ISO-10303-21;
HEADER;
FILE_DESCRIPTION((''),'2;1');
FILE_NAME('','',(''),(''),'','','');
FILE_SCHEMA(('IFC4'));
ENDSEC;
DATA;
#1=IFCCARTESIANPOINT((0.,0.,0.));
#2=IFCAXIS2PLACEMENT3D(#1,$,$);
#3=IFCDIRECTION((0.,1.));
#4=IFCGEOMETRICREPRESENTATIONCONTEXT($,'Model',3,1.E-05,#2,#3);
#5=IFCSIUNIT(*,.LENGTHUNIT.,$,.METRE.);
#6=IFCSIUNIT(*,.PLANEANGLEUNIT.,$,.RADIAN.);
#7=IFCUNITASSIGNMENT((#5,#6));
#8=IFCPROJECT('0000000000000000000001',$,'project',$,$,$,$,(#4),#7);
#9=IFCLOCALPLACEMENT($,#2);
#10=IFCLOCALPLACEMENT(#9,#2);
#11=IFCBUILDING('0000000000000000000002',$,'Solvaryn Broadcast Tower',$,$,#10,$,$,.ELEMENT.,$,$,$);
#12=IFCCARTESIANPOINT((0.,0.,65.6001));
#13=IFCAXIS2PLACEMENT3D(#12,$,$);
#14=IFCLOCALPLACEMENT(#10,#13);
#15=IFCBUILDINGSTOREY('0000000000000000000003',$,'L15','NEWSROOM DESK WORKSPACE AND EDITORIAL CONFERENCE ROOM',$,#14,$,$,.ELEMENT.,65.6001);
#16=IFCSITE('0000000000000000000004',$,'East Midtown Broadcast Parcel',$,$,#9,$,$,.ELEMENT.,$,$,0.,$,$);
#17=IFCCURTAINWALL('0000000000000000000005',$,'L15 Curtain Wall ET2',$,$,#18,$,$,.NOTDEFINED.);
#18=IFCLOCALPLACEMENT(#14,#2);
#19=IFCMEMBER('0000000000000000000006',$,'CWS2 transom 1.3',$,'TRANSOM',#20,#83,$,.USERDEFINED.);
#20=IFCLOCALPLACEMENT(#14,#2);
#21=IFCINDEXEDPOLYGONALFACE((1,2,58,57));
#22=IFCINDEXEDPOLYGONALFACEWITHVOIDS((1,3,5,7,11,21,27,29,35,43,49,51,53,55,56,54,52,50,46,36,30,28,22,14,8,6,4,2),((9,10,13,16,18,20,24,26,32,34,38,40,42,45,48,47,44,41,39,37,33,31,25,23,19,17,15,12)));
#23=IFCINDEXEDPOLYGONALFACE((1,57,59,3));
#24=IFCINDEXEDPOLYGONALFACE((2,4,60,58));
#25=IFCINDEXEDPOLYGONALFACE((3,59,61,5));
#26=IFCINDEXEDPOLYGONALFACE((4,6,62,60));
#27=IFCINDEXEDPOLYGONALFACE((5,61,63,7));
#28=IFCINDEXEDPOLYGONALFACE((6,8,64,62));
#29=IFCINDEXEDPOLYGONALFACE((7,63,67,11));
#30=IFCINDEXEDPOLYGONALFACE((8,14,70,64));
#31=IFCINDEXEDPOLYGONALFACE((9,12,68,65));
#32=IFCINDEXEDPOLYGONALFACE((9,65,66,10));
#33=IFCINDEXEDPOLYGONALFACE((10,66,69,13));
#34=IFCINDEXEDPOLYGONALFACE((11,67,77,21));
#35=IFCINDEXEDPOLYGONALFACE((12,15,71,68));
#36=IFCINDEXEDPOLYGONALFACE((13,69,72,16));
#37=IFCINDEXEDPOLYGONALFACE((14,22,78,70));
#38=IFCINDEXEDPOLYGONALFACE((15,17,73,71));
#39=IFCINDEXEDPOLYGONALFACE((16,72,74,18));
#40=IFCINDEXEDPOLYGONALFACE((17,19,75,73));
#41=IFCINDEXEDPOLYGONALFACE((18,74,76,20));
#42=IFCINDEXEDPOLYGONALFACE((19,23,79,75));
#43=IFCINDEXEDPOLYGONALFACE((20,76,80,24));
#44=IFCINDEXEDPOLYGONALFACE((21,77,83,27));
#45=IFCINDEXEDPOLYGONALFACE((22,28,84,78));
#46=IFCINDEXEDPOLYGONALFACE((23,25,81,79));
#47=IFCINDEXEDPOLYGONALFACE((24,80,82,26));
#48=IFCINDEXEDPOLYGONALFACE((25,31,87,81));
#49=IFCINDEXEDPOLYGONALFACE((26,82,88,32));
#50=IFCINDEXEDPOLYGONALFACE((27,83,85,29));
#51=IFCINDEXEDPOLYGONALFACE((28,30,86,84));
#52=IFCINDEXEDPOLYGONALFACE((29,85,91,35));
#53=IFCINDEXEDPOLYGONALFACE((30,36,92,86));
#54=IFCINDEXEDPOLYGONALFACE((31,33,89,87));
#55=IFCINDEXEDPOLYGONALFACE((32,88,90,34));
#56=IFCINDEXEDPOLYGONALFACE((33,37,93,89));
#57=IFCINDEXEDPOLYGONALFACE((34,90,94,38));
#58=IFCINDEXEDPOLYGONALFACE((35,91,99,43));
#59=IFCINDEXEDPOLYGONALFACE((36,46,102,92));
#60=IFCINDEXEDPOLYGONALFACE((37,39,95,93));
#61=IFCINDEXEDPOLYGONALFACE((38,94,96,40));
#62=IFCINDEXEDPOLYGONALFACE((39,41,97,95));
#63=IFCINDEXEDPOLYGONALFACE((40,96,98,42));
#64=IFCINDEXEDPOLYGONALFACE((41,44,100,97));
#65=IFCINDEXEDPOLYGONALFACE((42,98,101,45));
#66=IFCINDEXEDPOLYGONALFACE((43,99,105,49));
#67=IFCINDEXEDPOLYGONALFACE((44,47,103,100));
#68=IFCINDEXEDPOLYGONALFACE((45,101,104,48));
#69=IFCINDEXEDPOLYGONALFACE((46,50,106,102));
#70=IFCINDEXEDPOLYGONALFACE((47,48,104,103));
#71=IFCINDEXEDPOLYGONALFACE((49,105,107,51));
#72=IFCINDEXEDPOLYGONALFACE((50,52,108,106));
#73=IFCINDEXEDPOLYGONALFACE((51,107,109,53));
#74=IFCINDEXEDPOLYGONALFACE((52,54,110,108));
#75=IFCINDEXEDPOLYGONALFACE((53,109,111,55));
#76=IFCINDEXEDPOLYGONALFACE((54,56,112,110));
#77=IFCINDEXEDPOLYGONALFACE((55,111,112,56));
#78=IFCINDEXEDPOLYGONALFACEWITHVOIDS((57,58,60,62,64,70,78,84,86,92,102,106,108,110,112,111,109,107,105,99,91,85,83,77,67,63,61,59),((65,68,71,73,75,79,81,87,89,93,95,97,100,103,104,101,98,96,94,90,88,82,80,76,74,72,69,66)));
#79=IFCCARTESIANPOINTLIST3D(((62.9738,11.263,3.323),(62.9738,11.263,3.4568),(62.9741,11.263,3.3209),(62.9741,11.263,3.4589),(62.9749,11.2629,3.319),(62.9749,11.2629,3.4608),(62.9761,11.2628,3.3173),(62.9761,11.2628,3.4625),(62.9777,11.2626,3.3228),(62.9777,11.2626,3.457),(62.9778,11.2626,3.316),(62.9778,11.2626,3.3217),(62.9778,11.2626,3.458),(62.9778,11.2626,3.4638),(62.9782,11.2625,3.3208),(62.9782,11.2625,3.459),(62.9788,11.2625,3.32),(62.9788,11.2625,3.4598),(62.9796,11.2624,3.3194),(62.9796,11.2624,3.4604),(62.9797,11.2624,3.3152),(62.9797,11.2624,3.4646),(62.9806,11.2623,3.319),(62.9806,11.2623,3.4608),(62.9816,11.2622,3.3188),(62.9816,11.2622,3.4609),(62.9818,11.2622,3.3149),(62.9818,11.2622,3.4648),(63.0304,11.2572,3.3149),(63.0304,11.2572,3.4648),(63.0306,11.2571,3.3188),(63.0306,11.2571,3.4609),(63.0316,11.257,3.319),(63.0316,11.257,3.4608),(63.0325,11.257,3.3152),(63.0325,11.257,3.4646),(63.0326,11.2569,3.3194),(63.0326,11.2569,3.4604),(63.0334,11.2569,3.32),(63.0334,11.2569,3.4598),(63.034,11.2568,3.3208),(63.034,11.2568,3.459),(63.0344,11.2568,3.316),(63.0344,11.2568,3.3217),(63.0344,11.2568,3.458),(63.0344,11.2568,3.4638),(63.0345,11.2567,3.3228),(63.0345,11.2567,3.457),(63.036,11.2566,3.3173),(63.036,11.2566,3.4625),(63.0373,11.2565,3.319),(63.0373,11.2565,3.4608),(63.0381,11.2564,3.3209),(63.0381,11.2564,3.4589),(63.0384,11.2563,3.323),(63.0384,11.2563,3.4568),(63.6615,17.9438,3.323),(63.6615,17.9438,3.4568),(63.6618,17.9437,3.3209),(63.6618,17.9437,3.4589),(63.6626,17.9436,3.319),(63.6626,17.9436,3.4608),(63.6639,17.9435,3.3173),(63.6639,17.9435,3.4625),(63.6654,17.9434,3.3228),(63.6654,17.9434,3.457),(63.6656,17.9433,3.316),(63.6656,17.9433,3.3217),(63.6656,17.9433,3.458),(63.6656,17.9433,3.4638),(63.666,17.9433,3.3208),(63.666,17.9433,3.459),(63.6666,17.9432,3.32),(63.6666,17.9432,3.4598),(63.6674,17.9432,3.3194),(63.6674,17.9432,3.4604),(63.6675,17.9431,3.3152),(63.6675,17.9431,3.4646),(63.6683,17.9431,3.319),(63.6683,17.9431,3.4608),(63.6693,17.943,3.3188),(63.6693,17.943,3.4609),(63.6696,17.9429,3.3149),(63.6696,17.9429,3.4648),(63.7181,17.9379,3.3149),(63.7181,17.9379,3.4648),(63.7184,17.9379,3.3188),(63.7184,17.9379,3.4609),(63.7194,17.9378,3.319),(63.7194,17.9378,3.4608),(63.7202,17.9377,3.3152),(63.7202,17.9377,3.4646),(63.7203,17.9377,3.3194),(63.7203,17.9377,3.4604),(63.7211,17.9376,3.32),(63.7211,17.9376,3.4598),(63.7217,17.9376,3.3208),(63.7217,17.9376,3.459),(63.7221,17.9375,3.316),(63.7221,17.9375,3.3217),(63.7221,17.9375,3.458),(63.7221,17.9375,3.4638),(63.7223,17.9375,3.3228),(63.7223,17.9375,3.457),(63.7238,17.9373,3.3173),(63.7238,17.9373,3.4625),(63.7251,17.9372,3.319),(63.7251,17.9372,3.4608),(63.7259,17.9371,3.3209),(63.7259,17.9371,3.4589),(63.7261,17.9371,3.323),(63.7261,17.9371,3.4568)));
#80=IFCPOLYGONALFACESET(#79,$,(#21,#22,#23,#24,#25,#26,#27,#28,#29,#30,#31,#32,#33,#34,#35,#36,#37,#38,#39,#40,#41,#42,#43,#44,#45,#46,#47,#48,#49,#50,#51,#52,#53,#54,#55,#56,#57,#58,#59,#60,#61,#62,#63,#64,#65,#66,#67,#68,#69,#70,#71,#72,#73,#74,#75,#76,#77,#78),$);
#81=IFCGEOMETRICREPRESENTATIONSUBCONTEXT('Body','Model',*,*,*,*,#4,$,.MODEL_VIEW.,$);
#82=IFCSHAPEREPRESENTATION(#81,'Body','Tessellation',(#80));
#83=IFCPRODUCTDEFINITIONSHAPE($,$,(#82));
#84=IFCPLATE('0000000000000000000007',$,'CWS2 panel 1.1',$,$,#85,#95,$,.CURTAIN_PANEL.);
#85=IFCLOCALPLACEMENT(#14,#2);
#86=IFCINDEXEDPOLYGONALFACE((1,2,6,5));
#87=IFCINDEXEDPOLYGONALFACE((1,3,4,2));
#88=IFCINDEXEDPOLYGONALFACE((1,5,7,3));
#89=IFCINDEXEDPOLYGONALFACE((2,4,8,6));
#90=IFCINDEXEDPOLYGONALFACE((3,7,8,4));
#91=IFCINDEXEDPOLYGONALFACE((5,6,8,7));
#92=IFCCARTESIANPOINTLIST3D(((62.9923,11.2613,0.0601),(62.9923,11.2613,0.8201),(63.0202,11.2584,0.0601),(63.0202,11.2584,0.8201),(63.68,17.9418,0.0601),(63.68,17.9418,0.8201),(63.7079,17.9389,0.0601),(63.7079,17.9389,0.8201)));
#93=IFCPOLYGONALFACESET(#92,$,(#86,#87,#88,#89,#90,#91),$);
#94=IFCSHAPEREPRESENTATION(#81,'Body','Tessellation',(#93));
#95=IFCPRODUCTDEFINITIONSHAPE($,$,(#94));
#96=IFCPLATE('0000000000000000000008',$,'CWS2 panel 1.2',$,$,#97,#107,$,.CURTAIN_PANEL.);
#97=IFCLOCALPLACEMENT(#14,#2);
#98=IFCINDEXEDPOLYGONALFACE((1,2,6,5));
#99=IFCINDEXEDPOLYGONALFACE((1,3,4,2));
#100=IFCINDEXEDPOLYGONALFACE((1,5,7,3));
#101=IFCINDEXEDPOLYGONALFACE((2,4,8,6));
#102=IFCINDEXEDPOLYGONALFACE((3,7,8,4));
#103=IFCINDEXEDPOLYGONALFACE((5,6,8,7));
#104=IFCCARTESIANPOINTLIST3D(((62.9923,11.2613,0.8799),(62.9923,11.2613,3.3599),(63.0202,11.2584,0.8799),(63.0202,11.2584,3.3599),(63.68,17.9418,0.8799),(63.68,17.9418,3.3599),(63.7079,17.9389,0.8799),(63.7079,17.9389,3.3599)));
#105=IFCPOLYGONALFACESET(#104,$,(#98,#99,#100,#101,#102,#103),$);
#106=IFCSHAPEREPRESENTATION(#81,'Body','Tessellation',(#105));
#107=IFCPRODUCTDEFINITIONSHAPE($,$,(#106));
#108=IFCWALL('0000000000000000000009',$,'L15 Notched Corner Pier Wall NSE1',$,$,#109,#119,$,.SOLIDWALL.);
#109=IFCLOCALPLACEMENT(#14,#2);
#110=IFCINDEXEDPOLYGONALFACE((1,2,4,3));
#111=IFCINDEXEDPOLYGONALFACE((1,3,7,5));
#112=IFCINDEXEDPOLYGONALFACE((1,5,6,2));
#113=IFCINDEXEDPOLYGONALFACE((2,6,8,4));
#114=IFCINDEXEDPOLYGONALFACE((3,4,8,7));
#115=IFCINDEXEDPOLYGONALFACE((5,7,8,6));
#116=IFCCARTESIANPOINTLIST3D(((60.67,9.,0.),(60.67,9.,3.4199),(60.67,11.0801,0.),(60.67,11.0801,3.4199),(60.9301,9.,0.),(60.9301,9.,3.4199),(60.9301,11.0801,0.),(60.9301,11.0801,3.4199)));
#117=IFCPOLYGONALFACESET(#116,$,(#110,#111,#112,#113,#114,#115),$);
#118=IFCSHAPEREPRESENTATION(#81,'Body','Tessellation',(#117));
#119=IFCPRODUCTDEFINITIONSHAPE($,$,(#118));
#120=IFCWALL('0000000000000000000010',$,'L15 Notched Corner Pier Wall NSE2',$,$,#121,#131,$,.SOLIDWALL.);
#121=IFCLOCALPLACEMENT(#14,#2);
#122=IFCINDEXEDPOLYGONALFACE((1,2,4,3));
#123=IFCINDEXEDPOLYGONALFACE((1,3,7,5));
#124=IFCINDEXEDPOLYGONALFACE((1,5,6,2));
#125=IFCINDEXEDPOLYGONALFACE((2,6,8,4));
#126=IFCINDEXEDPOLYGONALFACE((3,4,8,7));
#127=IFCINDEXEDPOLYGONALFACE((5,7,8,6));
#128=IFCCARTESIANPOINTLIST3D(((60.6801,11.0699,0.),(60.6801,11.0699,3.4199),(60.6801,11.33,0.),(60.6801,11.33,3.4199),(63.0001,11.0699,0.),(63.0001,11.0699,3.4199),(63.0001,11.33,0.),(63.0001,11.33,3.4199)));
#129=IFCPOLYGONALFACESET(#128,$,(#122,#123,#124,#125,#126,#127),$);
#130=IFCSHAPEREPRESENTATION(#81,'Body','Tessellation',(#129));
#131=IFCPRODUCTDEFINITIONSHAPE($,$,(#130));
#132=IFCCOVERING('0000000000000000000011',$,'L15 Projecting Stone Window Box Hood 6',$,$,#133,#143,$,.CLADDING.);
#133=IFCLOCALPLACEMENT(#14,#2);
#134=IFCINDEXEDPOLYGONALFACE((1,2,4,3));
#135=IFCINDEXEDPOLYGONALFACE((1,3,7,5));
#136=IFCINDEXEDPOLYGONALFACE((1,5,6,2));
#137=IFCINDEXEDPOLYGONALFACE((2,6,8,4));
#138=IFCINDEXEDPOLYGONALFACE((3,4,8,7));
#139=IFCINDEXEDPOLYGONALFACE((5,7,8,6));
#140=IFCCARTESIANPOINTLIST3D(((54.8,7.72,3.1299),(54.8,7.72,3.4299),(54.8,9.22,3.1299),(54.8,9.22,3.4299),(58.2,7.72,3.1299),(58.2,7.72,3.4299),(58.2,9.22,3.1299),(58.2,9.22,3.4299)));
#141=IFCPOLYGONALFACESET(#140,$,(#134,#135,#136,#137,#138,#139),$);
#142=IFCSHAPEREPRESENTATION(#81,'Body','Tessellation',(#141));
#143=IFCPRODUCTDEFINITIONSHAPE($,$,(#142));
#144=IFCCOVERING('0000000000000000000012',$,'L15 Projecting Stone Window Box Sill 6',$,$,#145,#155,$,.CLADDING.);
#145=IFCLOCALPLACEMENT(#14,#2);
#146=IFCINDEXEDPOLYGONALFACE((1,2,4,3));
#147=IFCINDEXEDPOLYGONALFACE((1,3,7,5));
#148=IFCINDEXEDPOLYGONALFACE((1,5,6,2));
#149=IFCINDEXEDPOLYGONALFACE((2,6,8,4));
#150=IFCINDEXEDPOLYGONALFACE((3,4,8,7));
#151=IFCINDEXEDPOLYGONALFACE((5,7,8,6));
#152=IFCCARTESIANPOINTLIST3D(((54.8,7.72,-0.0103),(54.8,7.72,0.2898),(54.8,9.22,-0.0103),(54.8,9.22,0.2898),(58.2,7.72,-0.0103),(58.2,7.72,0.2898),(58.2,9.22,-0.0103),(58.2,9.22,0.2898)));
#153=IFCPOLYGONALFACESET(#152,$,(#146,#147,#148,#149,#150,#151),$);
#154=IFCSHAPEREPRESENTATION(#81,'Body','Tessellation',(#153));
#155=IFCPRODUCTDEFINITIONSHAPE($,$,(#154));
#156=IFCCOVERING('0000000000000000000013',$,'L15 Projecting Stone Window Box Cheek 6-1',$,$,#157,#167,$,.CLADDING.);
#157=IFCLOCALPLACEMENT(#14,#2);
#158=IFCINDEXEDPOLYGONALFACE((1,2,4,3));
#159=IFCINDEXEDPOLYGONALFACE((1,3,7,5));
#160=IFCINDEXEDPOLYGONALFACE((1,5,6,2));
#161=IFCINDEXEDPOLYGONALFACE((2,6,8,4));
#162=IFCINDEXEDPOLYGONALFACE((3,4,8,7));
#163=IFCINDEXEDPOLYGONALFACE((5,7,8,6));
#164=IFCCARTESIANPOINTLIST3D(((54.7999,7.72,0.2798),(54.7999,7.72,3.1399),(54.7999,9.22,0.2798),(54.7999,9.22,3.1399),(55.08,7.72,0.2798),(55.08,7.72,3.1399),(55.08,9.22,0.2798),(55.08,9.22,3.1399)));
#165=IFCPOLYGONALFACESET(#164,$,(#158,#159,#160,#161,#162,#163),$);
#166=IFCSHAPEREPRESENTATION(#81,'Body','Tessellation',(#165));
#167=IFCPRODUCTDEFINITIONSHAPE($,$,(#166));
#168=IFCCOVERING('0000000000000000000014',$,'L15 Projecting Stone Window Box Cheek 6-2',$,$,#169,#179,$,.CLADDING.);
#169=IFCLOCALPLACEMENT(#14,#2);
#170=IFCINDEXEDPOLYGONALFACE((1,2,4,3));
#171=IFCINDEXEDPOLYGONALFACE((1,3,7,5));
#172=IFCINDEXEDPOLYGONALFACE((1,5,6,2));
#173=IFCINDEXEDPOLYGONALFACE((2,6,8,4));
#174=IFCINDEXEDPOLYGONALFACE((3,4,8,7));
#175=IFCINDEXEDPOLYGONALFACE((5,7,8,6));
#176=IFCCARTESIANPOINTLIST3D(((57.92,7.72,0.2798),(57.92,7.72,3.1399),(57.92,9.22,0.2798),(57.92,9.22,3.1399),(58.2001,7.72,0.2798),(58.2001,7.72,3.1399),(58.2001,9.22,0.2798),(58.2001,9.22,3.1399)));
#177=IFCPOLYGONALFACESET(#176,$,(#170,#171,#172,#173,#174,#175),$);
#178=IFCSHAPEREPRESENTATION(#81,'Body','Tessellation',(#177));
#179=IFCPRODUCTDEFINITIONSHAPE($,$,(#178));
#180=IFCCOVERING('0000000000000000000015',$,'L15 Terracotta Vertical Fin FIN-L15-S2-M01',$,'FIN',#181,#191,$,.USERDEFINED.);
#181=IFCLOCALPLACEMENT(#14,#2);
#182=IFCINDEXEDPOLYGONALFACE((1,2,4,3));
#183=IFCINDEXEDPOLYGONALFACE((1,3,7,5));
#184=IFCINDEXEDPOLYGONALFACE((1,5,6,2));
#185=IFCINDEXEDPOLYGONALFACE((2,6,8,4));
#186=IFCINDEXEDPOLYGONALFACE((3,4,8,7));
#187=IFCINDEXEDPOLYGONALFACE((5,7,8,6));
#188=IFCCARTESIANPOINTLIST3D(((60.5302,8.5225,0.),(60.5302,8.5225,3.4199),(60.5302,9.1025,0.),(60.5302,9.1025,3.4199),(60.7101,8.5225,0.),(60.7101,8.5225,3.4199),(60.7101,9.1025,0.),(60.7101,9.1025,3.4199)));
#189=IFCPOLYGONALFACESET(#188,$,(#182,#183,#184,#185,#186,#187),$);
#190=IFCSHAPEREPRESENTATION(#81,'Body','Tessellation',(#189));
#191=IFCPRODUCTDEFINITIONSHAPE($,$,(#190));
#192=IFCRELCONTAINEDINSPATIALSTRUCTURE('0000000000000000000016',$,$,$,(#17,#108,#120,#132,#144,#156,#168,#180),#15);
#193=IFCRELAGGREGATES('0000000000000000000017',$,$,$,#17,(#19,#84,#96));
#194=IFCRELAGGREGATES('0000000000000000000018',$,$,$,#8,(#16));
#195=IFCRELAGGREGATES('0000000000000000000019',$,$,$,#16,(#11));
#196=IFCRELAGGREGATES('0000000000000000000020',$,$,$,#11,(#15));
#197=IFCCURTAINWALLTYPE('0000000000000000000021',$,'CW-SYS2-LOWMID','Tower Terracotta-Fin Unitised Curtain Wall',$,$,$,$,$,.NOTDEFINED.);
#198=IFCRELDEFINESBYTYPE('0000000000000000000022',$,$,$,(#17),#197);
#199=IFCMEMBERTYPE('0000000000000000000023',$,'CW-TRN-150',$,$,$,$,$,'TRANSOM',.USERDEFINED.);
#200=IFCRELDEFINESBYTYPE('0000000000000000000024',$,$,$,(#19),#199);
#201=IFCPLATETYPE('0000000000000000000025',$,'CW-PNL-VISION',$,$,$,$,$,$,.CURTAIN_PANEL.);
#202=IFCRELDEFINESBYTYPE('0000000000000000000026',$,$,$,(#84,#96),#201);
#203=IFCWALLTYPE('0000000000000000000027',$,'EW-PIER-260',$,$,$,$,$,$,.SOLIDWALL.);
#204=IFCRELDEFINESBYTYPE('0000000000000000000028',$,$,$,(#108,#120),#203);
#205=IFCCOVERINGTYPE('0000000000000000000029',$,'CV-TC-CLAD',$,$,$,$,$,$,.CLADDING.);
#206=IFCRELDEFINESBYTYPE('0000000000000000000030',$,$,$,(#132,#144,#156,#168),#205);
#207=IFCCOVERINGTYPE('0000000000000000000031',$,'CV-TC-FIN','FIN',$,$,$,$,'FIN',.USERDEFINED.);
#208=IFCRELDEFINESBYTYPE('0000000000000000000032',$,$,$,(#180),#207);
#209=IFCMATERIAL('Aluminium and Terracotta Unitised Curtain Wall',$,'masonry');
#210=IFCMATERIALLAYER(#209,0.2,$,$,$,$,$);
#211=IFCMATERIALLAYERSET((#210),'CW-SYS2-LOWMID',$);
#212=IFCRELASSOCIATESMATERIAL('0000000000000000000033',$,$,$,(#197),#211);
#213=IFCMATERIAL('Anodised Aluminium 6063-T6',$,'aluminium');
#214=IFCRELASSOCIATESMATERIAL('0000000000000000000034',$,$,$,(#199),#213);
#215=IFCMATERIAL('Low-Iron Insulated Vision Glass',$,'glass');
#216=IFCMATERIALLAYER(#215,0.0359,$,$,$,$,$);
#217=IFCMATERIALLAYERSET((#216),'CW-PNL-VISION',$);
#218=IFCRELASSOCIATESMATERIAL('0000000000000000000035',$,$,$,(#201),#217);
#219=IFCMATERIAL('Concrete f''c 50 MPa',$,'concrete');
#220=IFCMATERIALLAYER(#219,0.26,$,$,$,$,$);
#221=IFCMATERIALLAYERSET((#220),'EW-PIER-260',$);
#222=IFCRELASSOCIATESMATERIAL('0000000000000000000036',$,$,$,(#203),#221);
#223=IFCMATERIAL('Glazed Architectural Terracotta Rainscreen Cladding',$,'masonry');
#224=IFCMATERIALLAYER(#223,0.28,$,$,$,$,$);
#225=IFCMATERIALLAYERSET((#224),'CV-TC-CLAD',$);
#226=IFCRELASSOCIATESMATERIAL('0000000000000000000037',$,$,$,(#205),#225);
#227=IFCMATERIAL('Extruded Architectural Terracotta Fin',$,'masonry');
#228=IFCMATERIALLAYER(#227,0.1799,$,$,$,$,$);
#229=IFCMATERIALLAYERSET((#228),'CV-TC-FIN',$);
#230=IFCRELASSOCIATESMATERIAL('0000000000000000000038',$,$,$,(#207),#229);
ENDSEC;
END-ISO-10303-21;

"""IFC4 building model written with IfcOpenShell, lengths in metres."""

from ifc_helpers import new_model, si_unit, direction, frame, frame_2d, origin, origin_2d, place, context, subcontext, project, spatial, rectangle, hollow_rectangle, extrude, material, layer, layer_set, material_profile, profile_set, type_object, element, aggregate, save


model = new_model("IFC4")

# Units and contexts
model_context = context("Model", 3, precision=1e-05, world=origin(), true_north=direction((0.0, 1.0)))
body_context = subcontext(model_context, "Body", "Model", "MODEL_VIEW")
ifc_project = project(units=[si_unit("LENGTHUNIT", "METRE"), si_unit("PLANEANGLEUNIT", "RADIAN")], contexts=[model_context])

# Site, building, storey
site_placement = place(None, origin())
site = spatial("IfcSite", under=ifc_project, at=site_placement, Name="East Midtown Broadcast Parcel", CompositionType="ELEMENT", RefElevation=0.0)
building_placement = place(site_placement, origin())
building = spatial("IfcBuilding", under=site, at=building_placement, Name="Solvaryn Broadcast Tower", CompositionType="ELEMENT")
storey_placement = place(building_placement, frame((0.0, 0.0, 65.6001)))
storey = spatial("IfcBuildingStorey", under=building, at=storey_placement, Name="L15", Description="NEWSROOM DESK WORKSPACE AND EDITORIAL CONFERENCE ROOM", CompositionType="ELEMENT", Elevation=65.6001)

# Shared definitions
ifc_material_1 = material(Name="Aluminium and Terracotta Unitised Curtain Wall", Category="masonry")
ifc_layer_1 = layer(ifc_material_1, 0.2)
ifc_layer_set_1 = layer_set([ifc_layer_1], Name="CW-SYS2-LOWMID")
curtain_wall_type = type_object("IfcCurtainWallType", Name="CW-SYS2-LOWMID", Description="Tower Terracotta-Fin Unitised Curtain Wall", PredefinedType="NOTDEFINED", material=ifc_layer_set_1)

# Curtain wall, member, plates
curtain_wall_1_placement = place(storey_placement, origin())
curtain_wall_1 = element("IfcCurtainWall", 1, at=curtain_wall_1_placement, inside=storey, type_object=curtain_wall_type, Name="L15 Curtain Wall ET2", PredefinedType="NOTDEFINED")
ifc_material_2 = material(Name="Anodised Aluminium 6063-T6", Category="aluminium")
ifc_material_profile_1 = material_profile(ifc_material_2, hollow_rectangle(XDim=0.0649, YDim=0.1499, WallThickness=0.0039, InnerFilletRadius=0.0039, OuterFilletRadius=0.0081, at=origin_2d()))
ifc_profile_set_1 = profile_set([ifc_material_profile_1], Name="Anodised Aluminium 6063-T6")
member_type_1 = type_object("IfcMemberType", Name="CW-TRN-150", ElementType="TRANSOM", PredefinedType="USERDEFINED", material=ifc_profile_set_1)
member_1_placement = place(storey_placement, frame((63.6938, 17.9404, 3.3899), z_axis=(-0.102404, -0.994743, 0.0), x_axis=(0.994743, -0.102404, 0.0)))
member_1 = element("IfcMember", 2, at=member_1_placement, type_object=member_type_1, Name="CWS2 transom 1.3", ObjectType="TRANSOM", PredefinedType="USERDEFINED", context=body_context, shape_type="SweptSolid", body=[
    extrude(hollow_rectangle(XDim=0.0649, YDim=0.1499, WallThickness=0.0039, InnerFilletRadius=0.0039, OuterFilletRadius=0.0081, at=origin_2d()), origin(), (0.0, 0.0, 1.0), 6.7161),
])
ifc_material_3 = material(Name="Low-Iron Insulated Vision Glass", Category="glass")
ifc_layer_2 = layer(ifc_material_3, 0.0359)
ifc_layer_set_2 = layer_set([ifc_layer_2], Name="CW-PNL-VISION")
plate_type = type_object("IfcPlateType", Name="CW-PNL-VISION", PredefinedType="CURTAIN_PANEL", material=ifc_layer_set_2)
plate_1_placement = place(storey_placement, frame((63.3501, 14.6001, 0.0601), z_axis=(0.0, 0.0, 1.0), x_axis=(-0.1024, -0.994743, 0.0)))
plate_1 = element("IfcPlate", 3, at=plate_1_placement, type_object=plate_type, Name="CWS2 panel 1.1", PredefinedType="CURTAIN_PANEL", context=body_context, shape_type="SweptSolid", body=[
    extrude(rectangle(XDim=6.7158, YDim=0.0281, at=origin_2d()), origin(), (0.0, 0.0, 1.0), 0.76),
])
plate_2_placement = place(storey_placement, frame((63.3501, 14.6001, 0.8799), z_axis=(0.0, 0.0, 1.0), x_axis=(-0.1024, -0.994743, 0.0)))
plate_2 = element("IfcPlate", 4, at=plate_2_placement, type_object=plate_type, Name="CWS2 panel 1.2", PredefinedType="CURTAIN_PANEL", context=body_context, shape_type="SweptSolid", body=[
    extrude(rectangle(XDim=6.7158, YDim=0.0281, at=origin_2d()), origin(), (0.0, 0.0, 1.0), 2.48),
])
aggregate(curtain_wall_1, [member_1, plate_1, plate_2])

# Walls
ifc_material_4 = material(Name="Concrete f'c 50 MPa", Category="concrete")
ifc_layer_3 = layer(ifc_material_4, 0.26)
ifc_layer_set_3 = layer_set([ifc_layer_3], Name="EW-PIER-260")
wall_type = type_object("IfcWallType", Name="EW-PIER-260", PredefinedType="SOLIDWALL", material=ifc_layer_set_3)
wall_1_placement = place(storey_placement, frame((60.8, 9.0, 0.0), z_axis=(0.0, 0.0, 1.0), x_axis=(0.0, 1.0, 0.0)))
element("IfcWall", 5, at=wall_1_placement, inside=storey, type_object=wall_type, Name="L15 Notched Corner Pier Wall NSE1", PredefinedType="SOLIDWALL", context=body_context, shape_type="SweptSolid", body=[
    extrude(rectangle(XDim=2.0801, YDim=0.26, at=frame_2d((1.04, 0.0))), origin(), (0.0, 0.0, 1.0), 3.4199),
])
wall_2_placement = place(storey_placement, frame((60.6799, 11.2, 0.0), z_axis=(0.0, 0.0, 1.0), x_axis=(1.0, 0.0, 0.0)))
element("IfcWall", 6, at=wall_2_placement, inside=storey, type_object=wall_type, Name="L15 Notched Corner Pier Wall NSE2", PredefinedType="SOLIDWALL", context=body_context, shape_type="SweptSolid", body=[
    extrude(rectangle(XDim=2.3201, YDim=0.26, at=frame_2d((1.1602, 0.0))), origin(), (0.0, 0.0, 1.0), 3.4199),
])

# Coverings
ifc_material_5 = material(Name="Glazed Architectural Terracotta Rainscreen Cladding", Category="masonry")
ifc_layer_4 = layer(ifc_material_5, 0.28)
ifc_layer_set_4 = layer_set([ifc_layer_4], Name="CV-TC-CLAD")
covering_type_1 = type_object("IfcCoveringType", Name="CV-TC-CLAD", PredefinedType="CLADDING", material=ifc_layer_set_4)
for number, where, z_axis, x_axis, name in (
    (7, (56.5, 8.47, 3.1299), (0.0, 0.0, 1.0), (1.0, 0.0, 0.0), "L15 Projecting Stone Window Box Hood 6"),
    (8, (56.5, 8.47, -0.0103), (0.0, 0.0, 1.0), (1.0, 0.0, 0.0), "L15 Projecting Stone Window Box Sill 6"),
):
    element("IfcCovering", number, at=place(storey_placement, frame(where, z_axis=z_axis, x_axis=x_axis)), inside=storey, type_object=covering_type_1, Name=name, PredefinedType="CLADDING", context=body_context, shape_type="SweptSolid", body=[
        extrude(rectangle(XDim=3.3999, YDim=1.5, at=origin_2d()), origin(), (0.0, 0.0, 1.0), 0.3),
    ])
for number, where, z_axis, x_axis, name in (
    (9, (54.9399, 8.47, 0.2798), (0.0, 0.0, 1.0), (1.0, 0.0, 0.0), "L15 Projecting Stone Window Box Cheek 6-1"),
    (10, (58.0601, 8.47, 0.2798), (0.0, 0.0, 1.0), (1.0, 0.0, 0.0), "L15 Projecting Stone Window Box Cheek 6-2"),
):
    element("IfcCovering", number, at=place(storey_placement, frame(where, z_axis=z_axis, x_axis=x_axis)), inside=storey, type_object=covering_type_1, Name=name, PredefinedType="CLADDING", context=body_context, shape_type="SweptSolid", body=[
        extrude(rectangle(XDim=0.28, YDim=1.5, at=origin_2d()), origin(), (0.0, 0.0, 1.0), 2.8601),
    ])
ifc_material_6 = material(Name="Extruded Architectural Terracotta Fin", Category="masonry")
ifc_layer_5 = layer(ifc_material_6, 0.1799)
ifc_layer_set_5 = layer_set([ifc_layer_5], Name="CV-TC-FIN")
covering_type_2 = type_object("IfcCoveringType", Name="CV-TC-FIN", Description="FIN", ElementType="FIN", PredefinedType="USERDEFINED", material=ifc_layer_set_5)
covering_placement = place(storey_placement, frame((60.6201, 8.8125, 0.0), z_axis=(0.0, 0.0, 1.0), x_axis=(1.0, 0.0, 0.0)))
element("IfcCovering", 11, at=covering_placement, inside=storey, type_object=covering_type_2, Name="L15 Terracotta Vertical Fin FIN-L15-S2-M01", ObjectType="FIN", PredefinedType="USERDEFINED", context=body_context, shape_type="SweptSolid", body=[
    extrude(rectangle(XDim=0.1799, YDim=0.5801, at=origin_2d()), origin(), (0.0, 0.0, 1.0), 3.4199),
])

save(model, "model.ifc")
